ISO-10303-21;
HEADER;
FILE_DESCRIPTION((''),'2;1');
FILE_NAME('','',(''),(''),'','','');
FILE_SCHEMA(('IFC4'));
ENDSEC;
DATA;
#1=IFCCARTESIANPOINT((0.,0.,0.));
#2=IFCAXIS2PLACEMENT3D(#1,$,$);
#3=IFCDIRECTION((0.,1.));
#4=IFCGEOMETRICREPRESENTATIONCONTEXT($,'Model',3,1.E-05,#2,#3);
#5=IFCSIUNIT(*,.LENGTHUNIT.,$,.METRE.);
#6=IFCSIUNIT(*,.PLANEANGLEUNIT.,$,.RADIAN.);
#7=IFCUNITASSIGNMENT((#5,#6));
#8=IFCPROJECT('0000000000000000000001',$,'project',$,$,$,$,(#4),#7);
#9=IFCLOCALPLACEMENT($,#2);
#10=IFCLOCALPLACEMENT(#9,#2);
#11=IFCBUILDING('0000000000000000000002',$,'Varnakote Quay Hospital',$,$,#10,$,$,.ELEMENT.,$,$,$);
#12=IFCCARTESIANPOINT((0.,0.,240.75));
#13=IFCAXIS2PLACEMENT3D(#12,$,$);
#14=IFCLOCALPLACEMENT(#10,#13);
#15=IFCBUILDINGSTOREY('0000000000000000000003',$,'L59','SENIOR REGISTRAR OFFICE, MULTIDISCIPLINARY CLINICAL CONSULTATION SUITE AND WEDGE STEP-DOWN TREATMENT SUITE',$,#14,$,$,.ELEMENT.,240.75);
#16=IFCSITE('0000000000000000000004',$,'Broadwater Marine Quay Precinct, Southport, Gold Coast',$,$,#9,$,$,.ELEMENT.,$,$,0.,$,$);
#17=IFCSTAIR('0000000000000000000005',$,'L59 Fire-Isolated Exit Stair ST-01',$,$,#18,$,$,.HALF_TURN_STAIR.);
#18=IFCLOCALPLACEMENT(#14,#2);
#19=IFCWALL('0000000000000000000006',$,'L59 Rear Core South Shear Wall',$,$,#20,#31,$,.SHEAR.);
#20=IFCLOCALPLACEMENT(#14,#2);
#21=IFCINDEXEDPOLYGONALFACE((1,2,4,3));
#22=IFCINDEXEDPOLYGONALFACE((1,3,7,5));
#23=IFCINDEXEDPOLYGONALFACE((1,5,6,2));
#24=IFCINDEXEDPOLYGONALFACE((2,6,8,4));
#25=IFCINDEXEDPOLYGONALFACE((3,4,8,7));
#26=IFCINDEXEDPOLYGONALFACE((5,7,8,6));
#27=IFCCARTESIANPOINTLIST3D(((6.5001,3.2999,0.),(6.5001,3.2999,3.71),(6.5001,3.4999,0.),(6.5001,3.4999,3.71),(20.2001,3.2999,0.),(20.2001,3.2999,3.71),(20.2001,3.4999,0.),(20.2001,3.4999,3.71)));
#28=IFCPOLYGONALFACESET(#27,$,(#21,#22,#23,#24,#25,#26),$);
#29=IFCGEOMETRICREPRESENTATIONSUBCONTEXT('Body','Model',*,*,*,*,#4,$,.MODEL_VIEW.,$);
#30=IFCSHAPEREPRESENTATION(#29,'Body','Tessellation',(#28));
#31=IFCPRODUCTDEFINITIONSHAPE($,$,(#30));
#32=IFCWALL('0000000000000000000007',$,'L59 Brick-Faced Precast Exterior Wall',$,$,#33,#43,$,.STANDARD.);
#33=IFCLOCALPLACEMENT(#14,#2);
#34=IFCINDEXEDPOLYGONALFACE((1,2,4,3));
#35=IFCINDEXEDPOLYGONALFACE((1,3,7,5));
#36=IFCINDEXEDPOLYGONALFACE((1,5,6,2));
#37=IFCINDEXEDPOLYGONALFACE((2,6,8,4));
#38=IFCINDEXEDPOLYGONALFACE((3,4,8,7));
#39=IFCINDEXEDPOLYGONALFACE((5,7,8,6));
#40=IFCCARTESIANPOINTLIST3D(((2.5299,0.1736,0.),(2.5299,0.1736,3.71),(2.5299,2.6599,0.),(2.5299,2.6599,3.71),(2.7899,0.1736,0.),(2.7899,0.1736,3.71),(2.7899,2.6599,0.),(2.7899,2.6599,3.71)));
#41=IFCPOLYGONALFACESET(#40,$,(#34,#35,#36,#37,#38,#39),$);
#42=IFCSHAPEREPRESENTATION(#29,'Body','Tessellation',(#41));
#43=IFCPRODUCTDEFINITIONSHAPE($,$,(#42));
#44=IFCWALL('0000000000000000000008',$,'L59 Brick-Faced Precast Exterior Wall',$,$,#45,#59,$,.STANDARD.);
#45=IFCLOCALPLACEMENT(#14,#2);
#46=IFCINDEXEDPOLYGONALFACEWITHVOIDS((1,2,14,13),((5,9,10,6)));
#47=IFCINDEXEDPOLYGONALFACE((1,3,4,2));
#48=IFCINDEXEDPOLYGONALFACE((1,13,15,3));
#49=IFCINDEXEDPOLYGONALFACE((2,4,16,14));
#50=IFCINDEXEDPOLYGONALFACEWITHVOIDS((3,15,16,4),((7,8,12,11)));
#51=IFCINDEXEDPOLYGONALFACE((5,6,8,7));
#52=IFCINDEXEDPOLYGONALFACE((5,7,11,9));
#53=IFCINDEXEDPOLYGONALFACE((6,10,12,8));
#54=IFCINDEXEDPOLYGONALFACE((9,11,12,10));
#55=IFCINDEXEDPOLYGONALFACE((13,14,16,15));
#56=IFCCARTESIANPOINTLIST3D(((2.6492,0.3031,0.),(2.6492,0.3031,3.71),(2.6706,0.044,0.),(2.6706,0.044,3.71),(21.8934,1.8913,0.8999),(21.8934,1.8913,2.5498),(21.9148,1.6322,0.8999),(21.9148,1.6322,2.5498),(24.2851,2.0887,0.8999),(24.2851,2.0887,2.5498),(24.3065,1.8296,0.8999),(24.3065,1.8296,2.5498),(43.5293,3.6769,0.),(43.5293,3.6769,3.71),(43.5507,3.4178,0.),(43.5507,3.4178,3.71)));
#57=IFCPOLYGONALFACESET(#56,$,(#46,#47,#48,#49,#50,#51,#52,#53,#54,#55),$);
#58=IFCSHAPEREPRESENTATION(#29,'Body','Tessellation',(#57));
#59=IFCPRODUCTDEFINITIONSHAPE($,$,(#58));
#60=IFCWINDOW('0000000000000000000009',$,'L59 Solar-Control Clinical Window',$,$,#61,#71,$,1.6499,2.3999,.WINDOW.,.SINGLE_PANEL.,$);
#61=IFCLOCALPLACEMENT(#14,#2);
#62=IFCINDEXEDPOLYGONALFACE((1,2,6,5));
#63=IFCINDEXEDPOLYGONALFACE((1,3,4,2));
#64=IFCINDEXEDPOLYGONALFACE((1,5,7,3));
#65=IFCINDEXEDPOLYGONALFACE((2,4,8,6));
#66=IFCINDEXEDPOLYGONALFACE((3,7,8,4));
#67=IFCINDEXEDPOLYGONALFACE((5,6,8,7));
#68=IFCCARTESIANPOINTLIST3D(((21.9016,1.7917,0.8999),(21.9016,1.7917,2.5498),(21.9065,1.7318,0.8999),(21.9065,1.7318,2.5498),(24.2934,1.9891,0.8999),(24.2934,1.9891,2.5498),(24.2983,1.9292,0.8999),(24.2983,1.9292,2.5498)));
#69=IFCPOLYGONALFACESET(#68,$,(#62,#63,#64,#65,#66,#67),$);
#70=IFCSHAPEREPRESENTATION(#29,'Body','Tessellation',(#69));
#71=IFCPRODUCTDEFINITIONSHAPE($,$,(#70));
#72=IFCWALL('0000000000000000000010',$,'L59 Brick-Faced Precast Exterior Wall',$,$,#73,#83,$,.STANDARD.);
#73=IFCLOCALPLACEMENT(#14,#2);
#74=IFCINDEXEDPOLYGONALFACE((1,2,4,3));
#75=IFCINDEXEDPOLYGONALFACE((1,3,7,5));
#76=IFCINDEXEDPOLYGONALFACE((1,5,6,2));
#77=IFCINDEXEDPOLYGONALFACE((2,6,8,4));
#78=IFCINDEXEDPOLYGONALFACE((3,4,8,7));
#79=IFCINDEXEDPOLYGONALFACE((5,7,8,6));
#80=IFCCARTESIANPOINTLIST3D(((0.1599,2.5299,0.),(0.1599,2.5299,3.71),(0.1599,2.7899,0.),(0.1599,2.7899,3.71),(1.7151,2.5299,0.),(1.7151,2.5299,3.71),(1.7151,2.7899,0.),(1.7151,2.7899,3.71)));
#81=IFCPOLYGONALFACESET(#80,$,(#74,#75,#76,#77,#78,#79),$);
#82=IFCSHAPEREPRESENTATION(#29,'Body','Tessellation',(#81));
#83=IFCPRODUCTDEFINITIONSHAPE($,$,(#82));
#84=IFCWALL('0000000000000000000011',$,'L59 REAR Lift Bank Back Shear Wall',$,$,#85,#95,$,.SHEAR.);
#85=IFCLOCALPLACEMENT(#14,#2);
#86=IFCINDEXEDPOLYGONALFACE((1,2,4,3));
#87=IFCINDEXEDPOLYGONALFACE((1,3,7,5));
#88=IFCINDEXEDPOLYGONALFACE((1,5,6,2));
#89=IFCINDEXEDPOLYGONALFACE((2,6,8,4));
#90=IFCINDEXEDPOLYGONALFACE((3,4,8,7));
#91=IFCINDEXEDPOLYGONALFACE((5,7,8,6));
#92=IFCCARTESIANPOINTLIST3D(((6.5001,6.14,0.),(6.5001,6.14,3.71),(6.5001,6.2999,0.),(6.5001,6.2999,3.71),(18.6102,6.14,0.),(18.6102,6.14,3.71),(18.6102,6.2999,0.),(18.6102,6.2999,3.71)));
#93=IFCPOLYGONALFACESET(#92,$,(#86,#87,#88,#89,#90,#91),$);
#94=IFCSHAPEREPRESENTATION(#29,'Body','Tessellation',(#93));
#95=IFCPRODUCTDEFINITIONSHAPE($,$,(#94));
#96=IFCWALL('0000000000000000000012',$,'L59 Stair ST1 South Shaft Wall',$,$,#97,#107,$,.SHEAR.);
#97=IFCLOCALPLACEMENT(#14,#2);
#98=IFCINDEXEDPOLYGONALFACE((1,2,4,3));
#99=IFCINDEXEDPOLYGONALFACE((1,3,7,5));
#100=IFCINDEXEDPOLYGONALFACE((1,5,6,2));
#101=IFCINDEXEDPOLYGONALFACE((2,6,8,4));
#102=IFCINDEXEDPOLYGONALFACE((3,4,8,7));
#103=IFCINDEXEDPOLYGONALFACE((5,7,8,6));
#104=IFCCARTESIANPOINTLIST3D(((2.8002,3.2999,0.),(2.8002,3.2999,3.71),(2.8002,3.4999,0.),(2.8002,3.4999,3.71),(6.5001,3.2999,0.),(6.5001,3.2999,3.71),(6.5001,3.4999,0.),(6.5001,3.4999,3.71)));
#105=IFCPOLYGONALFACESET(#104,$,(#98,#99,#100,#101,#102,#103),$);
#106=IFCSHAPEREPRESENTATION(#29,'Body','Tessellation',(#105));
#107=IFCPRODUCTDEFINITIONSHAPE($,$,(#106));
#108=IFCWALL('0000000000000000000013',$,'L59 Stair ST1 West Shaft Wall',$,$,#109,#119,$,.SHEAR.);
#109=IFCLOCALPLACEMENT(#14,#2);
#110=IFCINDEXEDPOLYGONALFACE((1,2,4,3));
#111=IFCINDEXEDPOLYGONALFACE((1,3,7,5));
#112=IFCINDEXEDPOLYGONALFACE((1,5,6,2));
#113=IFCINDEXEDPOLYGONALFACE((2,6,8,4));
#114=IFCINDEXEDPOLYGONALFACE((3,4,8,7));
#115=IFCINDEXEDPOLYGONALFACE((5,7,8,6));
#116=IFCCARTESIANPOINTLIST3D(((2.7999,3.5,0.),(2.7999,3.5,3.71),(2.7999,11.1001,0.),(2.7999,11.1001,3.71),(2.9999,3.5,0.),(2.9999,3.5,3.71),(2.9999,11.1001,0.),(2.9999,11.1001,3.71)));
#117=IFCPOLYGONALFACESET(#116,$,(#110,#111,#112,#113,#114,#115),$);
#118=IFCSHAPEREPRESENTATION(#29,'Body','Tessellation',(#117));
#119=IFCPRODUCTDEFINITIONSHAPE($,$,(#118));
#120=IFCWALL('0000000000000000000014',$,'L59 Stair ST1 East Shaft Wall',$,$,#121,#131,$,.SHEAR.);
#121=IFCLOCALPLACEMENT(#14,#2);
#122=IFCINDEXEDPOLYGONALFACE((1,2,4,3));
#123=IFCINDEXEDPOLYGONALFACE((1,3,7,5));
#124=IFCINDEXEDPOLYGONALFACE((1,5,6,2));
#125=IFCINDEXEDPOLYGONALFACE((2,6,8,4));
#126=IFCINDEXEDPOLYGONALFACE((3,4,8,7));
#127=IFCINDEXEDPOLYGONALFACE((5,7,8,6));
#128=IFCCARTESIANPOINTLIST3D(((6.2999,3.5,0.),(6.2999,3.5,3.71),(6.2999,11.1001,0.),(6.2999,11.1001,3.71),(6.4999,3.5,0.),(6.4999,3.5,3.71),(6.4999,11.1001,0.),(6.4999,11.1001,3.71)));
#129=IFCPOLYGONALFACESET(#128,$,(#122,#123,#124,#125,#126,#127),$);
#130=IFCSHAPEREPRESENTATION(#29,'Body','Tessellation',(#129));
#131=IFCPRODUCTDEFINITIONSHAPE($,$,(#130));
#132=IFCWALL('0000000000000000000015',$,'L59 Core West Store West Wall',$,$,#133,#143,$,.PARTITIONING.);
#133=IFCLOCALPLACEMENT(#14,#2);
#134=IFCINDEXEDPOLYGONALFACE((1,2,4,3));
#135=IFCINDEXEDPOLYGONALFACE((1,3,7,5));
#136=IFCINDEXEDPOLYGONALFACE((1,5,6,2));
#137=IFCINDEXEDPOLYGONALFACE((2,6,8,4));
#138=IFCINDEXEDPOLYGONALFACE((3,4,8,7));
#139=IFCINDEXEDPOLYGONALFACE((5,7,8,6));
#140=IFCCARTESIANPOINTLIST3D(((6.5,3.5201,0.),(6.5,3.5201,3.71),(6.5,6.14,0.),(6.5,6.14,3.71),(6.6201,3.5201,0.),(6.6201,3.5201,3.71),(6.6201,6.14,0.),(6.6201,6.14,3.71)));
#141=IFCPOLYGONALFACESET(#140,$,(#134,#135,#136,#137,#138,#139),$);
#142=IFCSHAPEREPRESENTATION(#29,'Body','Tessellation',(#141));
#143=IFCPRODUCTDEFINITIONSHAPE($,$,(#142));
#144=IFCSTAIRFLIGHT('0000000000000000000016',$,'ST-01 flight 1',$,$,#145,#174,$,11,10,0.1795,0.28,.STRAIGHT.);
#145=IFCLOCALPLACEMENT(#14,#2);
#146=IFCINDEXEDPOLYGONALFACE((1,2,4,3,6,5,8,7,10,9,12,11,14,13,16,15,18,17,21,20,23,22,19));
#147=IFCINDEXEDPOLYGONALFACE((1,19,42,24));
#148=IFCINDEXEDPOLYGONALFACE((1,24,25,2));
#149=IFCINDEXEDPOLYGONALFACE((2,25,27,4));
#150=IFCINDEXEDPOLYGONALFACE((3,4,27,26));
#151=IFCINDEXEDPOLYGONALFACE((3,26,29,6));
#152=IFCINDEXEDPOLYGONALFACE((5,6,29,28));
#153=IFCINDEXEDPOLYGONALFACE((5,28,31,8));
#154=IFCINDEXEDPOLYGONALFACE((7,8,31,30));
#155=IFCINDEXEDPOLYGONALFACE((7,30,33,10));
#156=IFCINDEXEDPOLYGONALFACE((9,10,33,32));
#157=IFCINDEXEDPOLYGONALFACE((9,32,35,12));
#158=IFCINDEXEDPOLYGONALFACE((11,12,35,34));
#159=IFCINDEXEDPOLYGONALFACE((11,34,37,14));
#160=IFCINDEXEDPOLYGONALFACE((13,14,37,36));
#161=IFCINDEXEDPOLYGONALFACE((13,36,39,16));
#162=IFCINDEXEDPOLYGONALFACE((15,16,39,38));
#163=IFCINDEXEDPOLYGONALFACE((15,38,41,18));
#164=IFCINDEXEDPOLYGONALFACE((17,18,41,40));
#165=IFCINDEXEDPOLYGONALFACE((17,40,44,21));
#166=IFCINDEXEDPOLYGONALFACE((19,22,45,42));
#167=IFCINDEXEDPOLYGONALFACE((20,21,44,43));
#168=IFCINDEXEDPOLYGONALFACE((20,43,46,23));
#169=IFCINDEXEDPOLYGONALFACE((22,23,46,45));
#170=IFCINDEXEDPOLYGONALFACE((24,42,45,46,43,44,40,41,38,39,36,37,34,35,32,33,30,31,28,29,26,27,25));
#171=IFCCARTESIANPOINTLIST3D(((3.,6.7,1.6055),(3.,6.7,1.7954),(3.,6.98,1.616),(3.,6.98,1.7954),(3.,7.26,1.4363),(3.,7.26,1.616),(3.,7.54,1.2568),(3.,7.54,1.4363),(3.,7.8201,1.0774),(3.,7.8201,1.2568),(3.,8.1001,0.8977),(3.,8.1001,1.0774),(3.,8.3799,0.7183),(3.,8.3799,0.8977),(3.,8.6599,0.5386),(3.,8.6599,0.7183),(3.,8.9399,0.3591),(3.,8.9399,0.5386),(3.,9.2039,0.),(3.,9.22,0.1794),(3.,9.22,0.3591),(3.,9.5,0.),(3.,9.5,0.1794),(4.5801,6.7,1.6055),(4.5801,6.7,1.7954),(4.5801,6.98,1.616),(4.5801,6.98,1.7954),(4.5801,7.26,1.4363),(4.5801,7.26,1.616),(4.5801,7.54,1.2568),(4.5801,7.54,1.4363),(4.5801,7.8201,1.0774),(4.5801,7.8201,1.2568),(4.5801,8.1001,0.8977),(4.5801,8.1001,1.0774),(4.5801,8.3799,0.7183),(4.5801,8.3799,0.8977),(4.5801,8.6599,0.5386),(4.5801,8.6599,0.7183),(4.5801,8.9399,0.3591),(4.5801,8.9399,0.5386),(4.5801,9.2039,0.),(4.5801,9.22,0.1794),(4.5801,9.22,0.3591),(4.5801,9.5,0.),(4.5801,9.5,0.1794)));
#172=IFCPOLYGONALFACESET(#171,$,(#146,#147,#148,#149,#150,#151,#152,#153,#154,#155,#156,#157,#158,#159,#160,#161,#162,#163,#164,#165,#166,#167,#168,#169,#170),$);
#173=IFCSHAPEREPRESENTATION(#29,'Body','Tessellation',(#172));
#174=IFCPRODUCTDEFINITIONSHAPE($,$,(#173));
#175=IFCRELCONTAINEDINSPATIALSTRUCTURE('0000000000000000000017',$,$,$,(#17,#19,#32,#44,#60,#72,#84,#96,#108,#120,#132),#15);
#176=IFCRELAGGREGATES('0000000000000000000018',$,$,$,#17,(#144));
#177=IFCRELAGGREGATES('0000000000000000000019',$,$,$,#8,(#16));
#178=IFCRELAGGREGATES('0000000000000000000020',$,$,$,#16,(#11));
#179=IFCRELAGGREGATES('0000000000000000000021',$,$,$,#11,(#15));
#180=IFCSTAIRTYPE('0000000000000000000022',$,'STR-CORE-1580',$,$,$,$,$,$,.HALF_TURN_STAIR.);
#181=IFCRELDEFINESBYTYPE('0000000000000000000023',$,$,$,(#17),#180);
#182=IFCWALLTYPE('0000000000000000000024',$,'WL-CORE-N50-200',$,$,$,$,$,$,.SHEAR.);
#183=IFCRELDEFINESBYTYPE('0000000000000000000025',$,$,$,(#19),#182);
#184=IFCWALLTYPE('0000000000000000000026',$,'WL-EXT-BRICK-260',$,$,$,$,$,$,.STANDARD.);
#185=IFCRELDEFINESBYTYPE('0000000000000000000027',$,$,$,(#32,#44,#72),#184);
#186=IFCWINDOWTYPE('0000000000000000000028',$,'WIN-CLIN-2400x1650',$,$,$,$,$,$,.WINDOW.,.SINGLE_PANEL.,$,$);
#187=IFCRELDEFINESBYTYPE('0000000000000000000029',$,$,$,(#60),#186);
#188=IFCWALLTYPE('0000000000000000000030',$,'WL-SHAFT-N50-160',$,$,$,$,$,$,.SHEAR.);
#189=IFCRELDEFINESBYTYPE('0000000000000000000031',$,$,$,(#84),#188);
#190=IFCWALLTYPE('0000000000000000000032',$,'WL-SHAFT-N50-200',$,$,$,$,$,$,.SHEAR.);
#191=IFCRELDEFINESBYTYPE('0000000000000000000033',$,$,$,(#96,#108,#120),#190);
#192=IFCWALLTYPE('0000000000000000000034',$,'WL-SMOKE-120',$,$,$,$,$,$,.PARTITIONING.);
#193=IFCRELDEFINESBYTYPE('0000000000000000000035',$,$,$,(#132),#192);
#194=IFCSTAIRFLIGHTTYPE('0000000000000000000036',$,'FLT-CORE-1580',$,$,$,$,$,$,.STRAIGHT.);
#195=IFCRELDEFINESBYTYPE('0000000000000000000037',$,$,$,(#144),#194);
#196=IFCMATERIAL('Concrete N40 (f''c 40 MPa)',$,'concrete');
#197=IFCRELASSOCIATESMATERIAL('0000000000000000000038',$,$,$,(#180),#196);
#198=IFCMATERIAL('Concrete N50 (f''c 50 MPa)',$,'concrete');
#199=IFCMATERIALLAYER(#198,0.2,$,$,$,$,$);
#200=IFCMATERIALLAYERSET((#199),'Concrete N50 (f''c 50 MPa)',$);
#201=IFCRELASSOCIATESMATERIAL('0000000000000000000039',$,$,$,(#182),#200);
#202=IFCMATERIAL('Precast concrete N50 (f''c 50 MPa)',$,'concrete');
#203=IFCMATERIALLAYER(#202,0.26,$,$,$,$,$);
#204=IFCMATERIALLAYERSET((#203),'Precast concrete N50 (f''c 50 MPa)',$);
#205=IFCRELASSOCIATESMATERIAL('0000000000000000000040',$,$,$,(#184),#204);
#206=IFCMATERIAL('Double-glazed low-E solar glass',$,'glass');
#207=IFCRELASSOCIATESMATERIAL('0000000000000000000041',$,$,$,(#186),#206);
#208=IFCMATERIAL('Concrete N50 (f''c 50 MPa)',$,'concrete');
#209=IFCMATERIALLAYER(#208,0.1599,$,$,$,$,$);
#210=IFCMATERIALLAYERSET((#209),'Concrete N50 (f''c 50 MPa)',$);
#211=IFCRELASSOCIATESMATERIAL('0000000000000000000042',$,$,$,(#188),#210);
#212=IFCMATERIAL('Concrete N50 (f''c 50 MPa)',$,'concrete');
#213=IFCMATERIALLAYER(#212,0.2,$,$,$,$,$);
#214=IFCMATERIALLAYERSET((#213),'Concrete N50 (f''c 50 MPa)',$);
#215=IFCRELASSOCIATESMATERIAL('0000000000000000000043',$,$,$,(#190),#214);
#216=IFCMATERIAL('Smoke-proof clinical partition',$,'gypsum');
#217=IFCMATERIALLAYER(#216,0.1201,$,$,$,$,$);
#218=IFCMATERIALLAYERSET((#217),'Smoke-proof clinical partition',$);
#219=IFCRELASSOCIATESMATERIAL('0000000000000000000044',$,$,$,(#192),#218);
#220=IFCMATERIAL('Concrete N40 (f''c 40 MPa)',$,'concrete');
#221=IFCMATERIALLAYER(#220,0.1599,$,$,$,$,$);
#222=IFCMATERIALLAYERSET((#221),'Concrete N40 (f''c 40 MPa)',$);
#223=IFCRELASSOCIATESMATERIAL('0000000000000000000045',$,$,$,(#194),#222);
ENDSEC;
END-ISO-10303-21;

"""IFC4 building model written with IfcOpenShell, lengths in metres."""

from ifc_helpers import new_model, si_unit, direction, frame, frame_2d, origin, place, context, subcontext, project, spatial, polyline, rectangle, outline, extrude, material, layer, layer_set, type_object, element, fill, aggregate, save


model = new_model("IFC4")

# Units and contexts
model_context = context("Model", 3, precision=1e-05, world=origin(), true_north=direction((0.0, 1.0)))
body_context = subcontext(model_context, "Body", "Model", "MODEL_VIEW")
ifc_project = project(units=[si_unit("LENGTHUNIT", "METRE"), si_unit("PLANEANGLEUNIT", "RADIAN")], contexts=[model_context])

# Site, building, storey
site_placement = place(None, origin())
site = spatial("IfcSite", under=ifc_project, at=site_placement, Name="Broadwater Marine Quay Precinct, Southport, Gold Coast", CompositionType="ELEMENT", RefElevation=0.0)
building_placement = place(site_placement, origin())
building = spatial("IfcBuilding", under=site, at=building_placement, Name="Varnakote Quay Hospital", CompositionType="ELEMENT")
storey_placement = place(building_placement, frame((0.0, 0.0, 240.75)))
storey = spatial("IfcBuildingStorey", under=building, at=storey_placement, Name="L59", Description="SENIOR REGISTRAR OFFICE, MULTIDISCIPLINARY CLINICAL CONSULTATION SUITE AND WEDGE STEP-DOWN TREATMENT SUITE", CompositionType="ELEMENT", Elevation=240.75)

# Stair
ifc_material_1 = material(Name="Concrete N40 (f'c 40 MPa)", Category="concrete")
stair_type = type_object("IfcStairType", Name="STR-CORE-1580", PredefinedType="HALF_TURN_STAIR", material=ifc_material_1)
stair_1_placement = place(storey_placement, origin())
stair_1 = element("IfcStair", 1, at=stair_1_placement, inside=storey, type_object=stair_type, Name="L59 Fire-Isolated Exit Stair ST-01", PredefinedType="HALF_TURN_STAIR")

# Walls
ifc_material_2 = material(Name="Concrete N50 (f'c 50 MPa)", Category="concrete")
ifc_layer_1 = layer(ifc_material_2, 0.2)
ifc_layer_set_1 = layer_set([ifc_layer_1], Name="Concrete N50 (f'c 50 MPa)")
wall_type_1 = type_object("IfcWallType", Name="WL-CORE-N50-200", PredefinedType="SHEAR", material=ifc_layer_set_1)
wall_1_placement = place(storey_placement, frame((6.5, 3.3999, 0.0), z_axis=(0.0, 0.0, 1.0), x_axis=(1.0, 0.0, 0.0)))
element("IfcWall", 2, at=wall_1_placement, inside=storey, type_object=wall_type_1, Name="L59 Rear Core South Shear Wall", PredefinedType="SHEAR", context=body_context, shape_type="SweptSolid", body=[
    extrude(rectangle(XDim=13.7, YDim=0.2, at=frame_2d((6.8501, 0.0))), origin(), (0.0, 0.0, 1.0), 3.71),
])
ifc_material_3 = material(Name="Precast concrete N50 (f'c 50 MPa)", Category="concrete")
ifc_layer_2 = layer(ifc_material_3, 0.26)
ifc_layer_set_2 = layer_set([ifc_layer_2], Name="Precast concrete N50 (f'c 50 MPa)")
wall_type_2 = type_object("IfcWallType", Name="WL-EXT-BRICK-260", PredefinedType="STANDARD", material=ifc_layer_set_2)
wall_2_placement = place(storey_placement, frame((2.6599, 2.6599, 0.0), z_axis=(0.0, 0.0, 1.0), x_axis=(0.0, -1.0, 0.0)))
element("IfcWall", 3, at=wall_2_placement, inside=storey, type_object=wall_type_2, Name="L59 Brick-Faced Precast Exterior Wall", PredefinedType="STANDARD", context=body_context, shape_type="SweptSolid", body=[
    extrude(rectangle(XDim=2.4863, YDim=0.26, at=frame_2d((1.2432, 0.0))), origin(), (0.0, 0.0, 1.0), 3.71),
])

# Wall, opening, window
wall_3_placement = place(storey_placement, frame((2.6599, 0.1736, 0.0), z_axis=(0.0, 0.0, 1.0), x_axis=(0.996612, 0.082249, 0.0)))
wall_3 = element("IfcWall", 4, at=wall_3_placement, inside=storey, type_object=wall_type_2, Name="L59 Brick-Faced Precast Exterior Wall", PredefinedType="STANDARD", context=body_context, shape_type="SweptSolid", body=[
    extrude(rectangle(XDim=41.019, YDim=0.26, at=frame_2d((20.5095, 0.0))), origin(), (0.0, 0.0, 1.0), 3.71),
])
opening_1_placement = place(wall_3_placement, frame((19.3096, 0.0, 0.8999)))
opening_1 = element("IfcOpeningElement", 5, at=opening_1_placement, cuts=wall_3, PredefinedType="OPENING", context=body_context, shape_type="SweptSolid", body=[
    extrude(rectangle(XDim=2.3999, YDim=1.6499, at=frame_2d((1.2, 0.825))), frame((0.0, 0.1399, 0.0), z_axis=(0.0, -1.0, 0.0), x_axis=(1.0, 0.0, 0.0)), (0.0, 0.0, 1.0), 0.28),
])
ifc_material_4 = material(Name="Double-glazed low-E solar glass", Category="glass")
window_type = type_object("IfcWindowType", Name="WIN-CLIN-2400x1650", PartitioningType="SINGLE_PANEL", PredefinedType="WINDOW", material=ifc_material_4)
window_placement = place(opening_1_placement, origin())
window = element("IfcWindow", 6, at=window_placement, inside=storey, type_object=window_type, Name="L59 Solar-Control Clinical Window", OverallHeight=1.6499, OverallWidth=2.3999, PartitioningType="SINGLE_PANEL", PredefinedType="WINDOW", context=body_context, shape_type="SweptSolid", body=[
    extrude(rectangle(XDim=2.3999, YDim=1.6499, at=frame_2d((1.2, 0.825))), frame((0.0, 0.03, 0.0), z_axis=(0.0, -1.0, 0.0), x_axis=(1.0, 0.0, 0.0)), (0.0, 0.0, 1.0), 0.0601),
])
fill(opening_1, window)

# Walls
wall_4_placement = place(storey_placement, frame((0.1599, 2.6599, 0.0), z_axis=(0.0, 0.0, 1.0), x_axis=(1.0, 0.0, 0.0)))
element("IfcWall", 7, at=wall_4_placement, inside=storey, type_object=wall_type_2, Name="L59 Brick-Faced Precast Exterior Wall", PredefinedType="STANDARD", context=body_context, shape_type="SweptSolid", body=[
    extrude(rectangle(XDim=1.5552, YDim=0.26, at=frame_2d((0.7776, 0.0))), origin(), (0.0, 0.0, 1.0), 3.71),
])
ifc_material_5 = material(Name="Concrete N50 (f'c 50 MPa)", Category="concrete")
ifc_layer_3 = layer(ifc_material_5, 0.1599)
ifc_layer_set_3 = layer_set([ifc_layer_3], Name="Concrete N50 (f'c 50 MPa)")
wall_type_3 = type_object("IfcWallType", Name="WL-SHAFT-N50-160", PredefinedType="SHEAR", material=ifc_layer_set_3)
wall_5_placement = place(storey_placement, frame((6.5, 6.22, 0.0), z_axis=(0.0, 0.0, 1.0), x_axis=(1.0, 0.0, 0.0)))
element("IfcWall", 8, at=wall_5_placement, inside=storey, type_object=wall_type_3, Name="L59 REAR Lift Bank Back Shear Wall", PredefinedType="SHEAR", context=body_context, shape_type="SweptSolid", body=[
    extrude(rectangle(XDim=12.1101, YDim=0.1599, at=frame_2d((6.0552, 0.0))), origin(), (0.0, 0.0, 1.0), 3.71),
])

# Walls
ifc_material_6 = material(Name="Concrete N50 (f'c 50 MPa)", Category="concrete")
ifc_layer_4 = layer(ifc_material_6, 0.2)
ifc_layer_set_4 = layer_set([ifc_layer_4], Name="Concrete N50 (f'c 50 MPa)")
wall_type_4 = type_object("IfcWallType", Name="WL-SHAFT-N50-200", PredefinedType="SHEAR", material=ifc_layer_set_4)
wall_6_placement = place(storey_placement, frame((2.8, 3.3999, 0.0), z_axis=(0.0, 0.0, 1.0), x_axis=(1.0, 0.0, 0.0)))
element("IfcWall", 9, at=wall_6_placement, inside=storey, type_object=wall_type_4, Name="L59 Stair ST1 South Shaft Wall", PredefinedType="SHEAR", context=body_context, shape_type="SweptSolid", body=[
    extrude(rectangle(XDim=3.7, YDim=0.2, at=frame_2d((1.8501, 0.0))), origin(), (0.0, 0.0, 1.0), 3.71),
])
for number, where, z_axis, x_axis, name in (
    (10, (2.8999, 3.5, 0.0), (0.0, 0.0, 1.0), (0.0, 1.0, 0.0), "L59 Stair ST1 West Shaft Wall"),
    (11, (6.3999, 3.5, 0.0), (0.0, 0.0, 1.0), (0.0, 1.0, 0.0), "L59 Stair ST1 East Shaft Wall"),
):
    element("IfcWall", number, at=place(storey_placement, frame(where, z_axis=z_axis, x_axis=x_axis)), inside=storey, type_object=wall_type_4, Name=name, PredefinedType="SHEAR", context=body_context, shape_type="SweptSolid", body=[
        extrude(rectangle(XDim=7.6001, YDim=0.2, at=frame_2d((3.8, 0.0))), origin(), (0.0, 0.0, 1.0), 3.71),
    ])

# Wall
ifc_material_7 = material(Name="Smoke-proof clinical partition", Category="gypsum")
ifc_layer_5 = layer(ifc_material_7, 0.1201)
ifc_layer_set_5 = layer_set([ifc_layer_5], Name="Smoke-proof clinical partition")
wall_type_5 = type_object("IfcWallType", Name="WL-SMOKE-120", PredefinedType="PARTITIONING", material=ifc_layer_set_5)
wall_7_placement = place(storey_placement, frame((6.5601, 3.52, 0.0), z_axis=(0.0, 0.0, 1.0), x_axis=(0.0, 1.0, 0.0)))
element("IfcWall", 12, at=wall_7_placement, inside=storey, type_object=wall_type_5, Name="L59 Core West Store West Wall", PredefinedType="PARTITIONING", context=body_context, shape_type="SweptSolid", body=[
    extrude(rectangle(XDim=2.6199, YDim=0.1201, at=frame_2d((1.3101, 0.0))), origin(), (0.0, 0.0, 1.0), 3.71),
])

# Stair flight
ifc_material_8 = material(Name="Concrete N40 (f'c 40 MPa)", Category="concrete")
ifc_layer_6 = layer(ifc_material_8, 0.1599)
ifc_layer_set_6 = layer_set([ifc_layer_6], Name="Concrete N40 (f'c 40 MPa)")
stair_flight_type = type_object("IfcStairFlightType", Name="FLT-CORE-1580", PredefinedType="STRAIGHT", material=ifc_layer_set_6)
stair_flight_1_placement = place(storey_placement, frame((3.79, 9.5, 0.0), z_axis=(0.0, 0.0, 1.0), x_axis=(0.0, -1.0, 0.0)))
stair_flight_1 = element("IfcStairFlight", 13, at=stair_flight_1_placement, type_object=stair_flight_type, Name="ST-01 flight 1", NumberOfRisers=11, NumberOfTreads=10, PredefinedType="STRAIGHT", RiserHeight=0.1795, TreadLength=0.28, context=body_context, shape_type="SweptSolid", body=[
    extrude(outline(polyline([(0.0, 0.0), (0.0, 0.1794), (0.28, 0.1794), (0.28, 0.3591), (0.5601, 0.3591), (0.5601, 0.5386), (0.8401, 0.5386), (0.8401, 0.7183), (1.1201, 0.7183), (1.1201, 0.8977), (1.3999, 0.8977), (1.3999, 1.0774), (1.6799, 1.0774), (1.6799, 1.2568), (1.96, 1.2568), (1.96, 1.4363), (2.24, 1.4363), (2.24, 1.616), (2.52, 1.616), (2.52, 1.7954), (2.8, 1.7954), (2.8, 1.9751), (2.8, 1.6055), (0.2961, 0.0), (0.0, 0.0)])), frame((0.0, 0.79, 0.0), z_axis=(0.0, -1.0, 0.0), x_axis=(1.0, 0.0, 0.0)), (0.0, 0.0, 1.0), 1.5801),
])
aggregate(stair_1, [stair_flight_1])

save(model, "model.ifc")
